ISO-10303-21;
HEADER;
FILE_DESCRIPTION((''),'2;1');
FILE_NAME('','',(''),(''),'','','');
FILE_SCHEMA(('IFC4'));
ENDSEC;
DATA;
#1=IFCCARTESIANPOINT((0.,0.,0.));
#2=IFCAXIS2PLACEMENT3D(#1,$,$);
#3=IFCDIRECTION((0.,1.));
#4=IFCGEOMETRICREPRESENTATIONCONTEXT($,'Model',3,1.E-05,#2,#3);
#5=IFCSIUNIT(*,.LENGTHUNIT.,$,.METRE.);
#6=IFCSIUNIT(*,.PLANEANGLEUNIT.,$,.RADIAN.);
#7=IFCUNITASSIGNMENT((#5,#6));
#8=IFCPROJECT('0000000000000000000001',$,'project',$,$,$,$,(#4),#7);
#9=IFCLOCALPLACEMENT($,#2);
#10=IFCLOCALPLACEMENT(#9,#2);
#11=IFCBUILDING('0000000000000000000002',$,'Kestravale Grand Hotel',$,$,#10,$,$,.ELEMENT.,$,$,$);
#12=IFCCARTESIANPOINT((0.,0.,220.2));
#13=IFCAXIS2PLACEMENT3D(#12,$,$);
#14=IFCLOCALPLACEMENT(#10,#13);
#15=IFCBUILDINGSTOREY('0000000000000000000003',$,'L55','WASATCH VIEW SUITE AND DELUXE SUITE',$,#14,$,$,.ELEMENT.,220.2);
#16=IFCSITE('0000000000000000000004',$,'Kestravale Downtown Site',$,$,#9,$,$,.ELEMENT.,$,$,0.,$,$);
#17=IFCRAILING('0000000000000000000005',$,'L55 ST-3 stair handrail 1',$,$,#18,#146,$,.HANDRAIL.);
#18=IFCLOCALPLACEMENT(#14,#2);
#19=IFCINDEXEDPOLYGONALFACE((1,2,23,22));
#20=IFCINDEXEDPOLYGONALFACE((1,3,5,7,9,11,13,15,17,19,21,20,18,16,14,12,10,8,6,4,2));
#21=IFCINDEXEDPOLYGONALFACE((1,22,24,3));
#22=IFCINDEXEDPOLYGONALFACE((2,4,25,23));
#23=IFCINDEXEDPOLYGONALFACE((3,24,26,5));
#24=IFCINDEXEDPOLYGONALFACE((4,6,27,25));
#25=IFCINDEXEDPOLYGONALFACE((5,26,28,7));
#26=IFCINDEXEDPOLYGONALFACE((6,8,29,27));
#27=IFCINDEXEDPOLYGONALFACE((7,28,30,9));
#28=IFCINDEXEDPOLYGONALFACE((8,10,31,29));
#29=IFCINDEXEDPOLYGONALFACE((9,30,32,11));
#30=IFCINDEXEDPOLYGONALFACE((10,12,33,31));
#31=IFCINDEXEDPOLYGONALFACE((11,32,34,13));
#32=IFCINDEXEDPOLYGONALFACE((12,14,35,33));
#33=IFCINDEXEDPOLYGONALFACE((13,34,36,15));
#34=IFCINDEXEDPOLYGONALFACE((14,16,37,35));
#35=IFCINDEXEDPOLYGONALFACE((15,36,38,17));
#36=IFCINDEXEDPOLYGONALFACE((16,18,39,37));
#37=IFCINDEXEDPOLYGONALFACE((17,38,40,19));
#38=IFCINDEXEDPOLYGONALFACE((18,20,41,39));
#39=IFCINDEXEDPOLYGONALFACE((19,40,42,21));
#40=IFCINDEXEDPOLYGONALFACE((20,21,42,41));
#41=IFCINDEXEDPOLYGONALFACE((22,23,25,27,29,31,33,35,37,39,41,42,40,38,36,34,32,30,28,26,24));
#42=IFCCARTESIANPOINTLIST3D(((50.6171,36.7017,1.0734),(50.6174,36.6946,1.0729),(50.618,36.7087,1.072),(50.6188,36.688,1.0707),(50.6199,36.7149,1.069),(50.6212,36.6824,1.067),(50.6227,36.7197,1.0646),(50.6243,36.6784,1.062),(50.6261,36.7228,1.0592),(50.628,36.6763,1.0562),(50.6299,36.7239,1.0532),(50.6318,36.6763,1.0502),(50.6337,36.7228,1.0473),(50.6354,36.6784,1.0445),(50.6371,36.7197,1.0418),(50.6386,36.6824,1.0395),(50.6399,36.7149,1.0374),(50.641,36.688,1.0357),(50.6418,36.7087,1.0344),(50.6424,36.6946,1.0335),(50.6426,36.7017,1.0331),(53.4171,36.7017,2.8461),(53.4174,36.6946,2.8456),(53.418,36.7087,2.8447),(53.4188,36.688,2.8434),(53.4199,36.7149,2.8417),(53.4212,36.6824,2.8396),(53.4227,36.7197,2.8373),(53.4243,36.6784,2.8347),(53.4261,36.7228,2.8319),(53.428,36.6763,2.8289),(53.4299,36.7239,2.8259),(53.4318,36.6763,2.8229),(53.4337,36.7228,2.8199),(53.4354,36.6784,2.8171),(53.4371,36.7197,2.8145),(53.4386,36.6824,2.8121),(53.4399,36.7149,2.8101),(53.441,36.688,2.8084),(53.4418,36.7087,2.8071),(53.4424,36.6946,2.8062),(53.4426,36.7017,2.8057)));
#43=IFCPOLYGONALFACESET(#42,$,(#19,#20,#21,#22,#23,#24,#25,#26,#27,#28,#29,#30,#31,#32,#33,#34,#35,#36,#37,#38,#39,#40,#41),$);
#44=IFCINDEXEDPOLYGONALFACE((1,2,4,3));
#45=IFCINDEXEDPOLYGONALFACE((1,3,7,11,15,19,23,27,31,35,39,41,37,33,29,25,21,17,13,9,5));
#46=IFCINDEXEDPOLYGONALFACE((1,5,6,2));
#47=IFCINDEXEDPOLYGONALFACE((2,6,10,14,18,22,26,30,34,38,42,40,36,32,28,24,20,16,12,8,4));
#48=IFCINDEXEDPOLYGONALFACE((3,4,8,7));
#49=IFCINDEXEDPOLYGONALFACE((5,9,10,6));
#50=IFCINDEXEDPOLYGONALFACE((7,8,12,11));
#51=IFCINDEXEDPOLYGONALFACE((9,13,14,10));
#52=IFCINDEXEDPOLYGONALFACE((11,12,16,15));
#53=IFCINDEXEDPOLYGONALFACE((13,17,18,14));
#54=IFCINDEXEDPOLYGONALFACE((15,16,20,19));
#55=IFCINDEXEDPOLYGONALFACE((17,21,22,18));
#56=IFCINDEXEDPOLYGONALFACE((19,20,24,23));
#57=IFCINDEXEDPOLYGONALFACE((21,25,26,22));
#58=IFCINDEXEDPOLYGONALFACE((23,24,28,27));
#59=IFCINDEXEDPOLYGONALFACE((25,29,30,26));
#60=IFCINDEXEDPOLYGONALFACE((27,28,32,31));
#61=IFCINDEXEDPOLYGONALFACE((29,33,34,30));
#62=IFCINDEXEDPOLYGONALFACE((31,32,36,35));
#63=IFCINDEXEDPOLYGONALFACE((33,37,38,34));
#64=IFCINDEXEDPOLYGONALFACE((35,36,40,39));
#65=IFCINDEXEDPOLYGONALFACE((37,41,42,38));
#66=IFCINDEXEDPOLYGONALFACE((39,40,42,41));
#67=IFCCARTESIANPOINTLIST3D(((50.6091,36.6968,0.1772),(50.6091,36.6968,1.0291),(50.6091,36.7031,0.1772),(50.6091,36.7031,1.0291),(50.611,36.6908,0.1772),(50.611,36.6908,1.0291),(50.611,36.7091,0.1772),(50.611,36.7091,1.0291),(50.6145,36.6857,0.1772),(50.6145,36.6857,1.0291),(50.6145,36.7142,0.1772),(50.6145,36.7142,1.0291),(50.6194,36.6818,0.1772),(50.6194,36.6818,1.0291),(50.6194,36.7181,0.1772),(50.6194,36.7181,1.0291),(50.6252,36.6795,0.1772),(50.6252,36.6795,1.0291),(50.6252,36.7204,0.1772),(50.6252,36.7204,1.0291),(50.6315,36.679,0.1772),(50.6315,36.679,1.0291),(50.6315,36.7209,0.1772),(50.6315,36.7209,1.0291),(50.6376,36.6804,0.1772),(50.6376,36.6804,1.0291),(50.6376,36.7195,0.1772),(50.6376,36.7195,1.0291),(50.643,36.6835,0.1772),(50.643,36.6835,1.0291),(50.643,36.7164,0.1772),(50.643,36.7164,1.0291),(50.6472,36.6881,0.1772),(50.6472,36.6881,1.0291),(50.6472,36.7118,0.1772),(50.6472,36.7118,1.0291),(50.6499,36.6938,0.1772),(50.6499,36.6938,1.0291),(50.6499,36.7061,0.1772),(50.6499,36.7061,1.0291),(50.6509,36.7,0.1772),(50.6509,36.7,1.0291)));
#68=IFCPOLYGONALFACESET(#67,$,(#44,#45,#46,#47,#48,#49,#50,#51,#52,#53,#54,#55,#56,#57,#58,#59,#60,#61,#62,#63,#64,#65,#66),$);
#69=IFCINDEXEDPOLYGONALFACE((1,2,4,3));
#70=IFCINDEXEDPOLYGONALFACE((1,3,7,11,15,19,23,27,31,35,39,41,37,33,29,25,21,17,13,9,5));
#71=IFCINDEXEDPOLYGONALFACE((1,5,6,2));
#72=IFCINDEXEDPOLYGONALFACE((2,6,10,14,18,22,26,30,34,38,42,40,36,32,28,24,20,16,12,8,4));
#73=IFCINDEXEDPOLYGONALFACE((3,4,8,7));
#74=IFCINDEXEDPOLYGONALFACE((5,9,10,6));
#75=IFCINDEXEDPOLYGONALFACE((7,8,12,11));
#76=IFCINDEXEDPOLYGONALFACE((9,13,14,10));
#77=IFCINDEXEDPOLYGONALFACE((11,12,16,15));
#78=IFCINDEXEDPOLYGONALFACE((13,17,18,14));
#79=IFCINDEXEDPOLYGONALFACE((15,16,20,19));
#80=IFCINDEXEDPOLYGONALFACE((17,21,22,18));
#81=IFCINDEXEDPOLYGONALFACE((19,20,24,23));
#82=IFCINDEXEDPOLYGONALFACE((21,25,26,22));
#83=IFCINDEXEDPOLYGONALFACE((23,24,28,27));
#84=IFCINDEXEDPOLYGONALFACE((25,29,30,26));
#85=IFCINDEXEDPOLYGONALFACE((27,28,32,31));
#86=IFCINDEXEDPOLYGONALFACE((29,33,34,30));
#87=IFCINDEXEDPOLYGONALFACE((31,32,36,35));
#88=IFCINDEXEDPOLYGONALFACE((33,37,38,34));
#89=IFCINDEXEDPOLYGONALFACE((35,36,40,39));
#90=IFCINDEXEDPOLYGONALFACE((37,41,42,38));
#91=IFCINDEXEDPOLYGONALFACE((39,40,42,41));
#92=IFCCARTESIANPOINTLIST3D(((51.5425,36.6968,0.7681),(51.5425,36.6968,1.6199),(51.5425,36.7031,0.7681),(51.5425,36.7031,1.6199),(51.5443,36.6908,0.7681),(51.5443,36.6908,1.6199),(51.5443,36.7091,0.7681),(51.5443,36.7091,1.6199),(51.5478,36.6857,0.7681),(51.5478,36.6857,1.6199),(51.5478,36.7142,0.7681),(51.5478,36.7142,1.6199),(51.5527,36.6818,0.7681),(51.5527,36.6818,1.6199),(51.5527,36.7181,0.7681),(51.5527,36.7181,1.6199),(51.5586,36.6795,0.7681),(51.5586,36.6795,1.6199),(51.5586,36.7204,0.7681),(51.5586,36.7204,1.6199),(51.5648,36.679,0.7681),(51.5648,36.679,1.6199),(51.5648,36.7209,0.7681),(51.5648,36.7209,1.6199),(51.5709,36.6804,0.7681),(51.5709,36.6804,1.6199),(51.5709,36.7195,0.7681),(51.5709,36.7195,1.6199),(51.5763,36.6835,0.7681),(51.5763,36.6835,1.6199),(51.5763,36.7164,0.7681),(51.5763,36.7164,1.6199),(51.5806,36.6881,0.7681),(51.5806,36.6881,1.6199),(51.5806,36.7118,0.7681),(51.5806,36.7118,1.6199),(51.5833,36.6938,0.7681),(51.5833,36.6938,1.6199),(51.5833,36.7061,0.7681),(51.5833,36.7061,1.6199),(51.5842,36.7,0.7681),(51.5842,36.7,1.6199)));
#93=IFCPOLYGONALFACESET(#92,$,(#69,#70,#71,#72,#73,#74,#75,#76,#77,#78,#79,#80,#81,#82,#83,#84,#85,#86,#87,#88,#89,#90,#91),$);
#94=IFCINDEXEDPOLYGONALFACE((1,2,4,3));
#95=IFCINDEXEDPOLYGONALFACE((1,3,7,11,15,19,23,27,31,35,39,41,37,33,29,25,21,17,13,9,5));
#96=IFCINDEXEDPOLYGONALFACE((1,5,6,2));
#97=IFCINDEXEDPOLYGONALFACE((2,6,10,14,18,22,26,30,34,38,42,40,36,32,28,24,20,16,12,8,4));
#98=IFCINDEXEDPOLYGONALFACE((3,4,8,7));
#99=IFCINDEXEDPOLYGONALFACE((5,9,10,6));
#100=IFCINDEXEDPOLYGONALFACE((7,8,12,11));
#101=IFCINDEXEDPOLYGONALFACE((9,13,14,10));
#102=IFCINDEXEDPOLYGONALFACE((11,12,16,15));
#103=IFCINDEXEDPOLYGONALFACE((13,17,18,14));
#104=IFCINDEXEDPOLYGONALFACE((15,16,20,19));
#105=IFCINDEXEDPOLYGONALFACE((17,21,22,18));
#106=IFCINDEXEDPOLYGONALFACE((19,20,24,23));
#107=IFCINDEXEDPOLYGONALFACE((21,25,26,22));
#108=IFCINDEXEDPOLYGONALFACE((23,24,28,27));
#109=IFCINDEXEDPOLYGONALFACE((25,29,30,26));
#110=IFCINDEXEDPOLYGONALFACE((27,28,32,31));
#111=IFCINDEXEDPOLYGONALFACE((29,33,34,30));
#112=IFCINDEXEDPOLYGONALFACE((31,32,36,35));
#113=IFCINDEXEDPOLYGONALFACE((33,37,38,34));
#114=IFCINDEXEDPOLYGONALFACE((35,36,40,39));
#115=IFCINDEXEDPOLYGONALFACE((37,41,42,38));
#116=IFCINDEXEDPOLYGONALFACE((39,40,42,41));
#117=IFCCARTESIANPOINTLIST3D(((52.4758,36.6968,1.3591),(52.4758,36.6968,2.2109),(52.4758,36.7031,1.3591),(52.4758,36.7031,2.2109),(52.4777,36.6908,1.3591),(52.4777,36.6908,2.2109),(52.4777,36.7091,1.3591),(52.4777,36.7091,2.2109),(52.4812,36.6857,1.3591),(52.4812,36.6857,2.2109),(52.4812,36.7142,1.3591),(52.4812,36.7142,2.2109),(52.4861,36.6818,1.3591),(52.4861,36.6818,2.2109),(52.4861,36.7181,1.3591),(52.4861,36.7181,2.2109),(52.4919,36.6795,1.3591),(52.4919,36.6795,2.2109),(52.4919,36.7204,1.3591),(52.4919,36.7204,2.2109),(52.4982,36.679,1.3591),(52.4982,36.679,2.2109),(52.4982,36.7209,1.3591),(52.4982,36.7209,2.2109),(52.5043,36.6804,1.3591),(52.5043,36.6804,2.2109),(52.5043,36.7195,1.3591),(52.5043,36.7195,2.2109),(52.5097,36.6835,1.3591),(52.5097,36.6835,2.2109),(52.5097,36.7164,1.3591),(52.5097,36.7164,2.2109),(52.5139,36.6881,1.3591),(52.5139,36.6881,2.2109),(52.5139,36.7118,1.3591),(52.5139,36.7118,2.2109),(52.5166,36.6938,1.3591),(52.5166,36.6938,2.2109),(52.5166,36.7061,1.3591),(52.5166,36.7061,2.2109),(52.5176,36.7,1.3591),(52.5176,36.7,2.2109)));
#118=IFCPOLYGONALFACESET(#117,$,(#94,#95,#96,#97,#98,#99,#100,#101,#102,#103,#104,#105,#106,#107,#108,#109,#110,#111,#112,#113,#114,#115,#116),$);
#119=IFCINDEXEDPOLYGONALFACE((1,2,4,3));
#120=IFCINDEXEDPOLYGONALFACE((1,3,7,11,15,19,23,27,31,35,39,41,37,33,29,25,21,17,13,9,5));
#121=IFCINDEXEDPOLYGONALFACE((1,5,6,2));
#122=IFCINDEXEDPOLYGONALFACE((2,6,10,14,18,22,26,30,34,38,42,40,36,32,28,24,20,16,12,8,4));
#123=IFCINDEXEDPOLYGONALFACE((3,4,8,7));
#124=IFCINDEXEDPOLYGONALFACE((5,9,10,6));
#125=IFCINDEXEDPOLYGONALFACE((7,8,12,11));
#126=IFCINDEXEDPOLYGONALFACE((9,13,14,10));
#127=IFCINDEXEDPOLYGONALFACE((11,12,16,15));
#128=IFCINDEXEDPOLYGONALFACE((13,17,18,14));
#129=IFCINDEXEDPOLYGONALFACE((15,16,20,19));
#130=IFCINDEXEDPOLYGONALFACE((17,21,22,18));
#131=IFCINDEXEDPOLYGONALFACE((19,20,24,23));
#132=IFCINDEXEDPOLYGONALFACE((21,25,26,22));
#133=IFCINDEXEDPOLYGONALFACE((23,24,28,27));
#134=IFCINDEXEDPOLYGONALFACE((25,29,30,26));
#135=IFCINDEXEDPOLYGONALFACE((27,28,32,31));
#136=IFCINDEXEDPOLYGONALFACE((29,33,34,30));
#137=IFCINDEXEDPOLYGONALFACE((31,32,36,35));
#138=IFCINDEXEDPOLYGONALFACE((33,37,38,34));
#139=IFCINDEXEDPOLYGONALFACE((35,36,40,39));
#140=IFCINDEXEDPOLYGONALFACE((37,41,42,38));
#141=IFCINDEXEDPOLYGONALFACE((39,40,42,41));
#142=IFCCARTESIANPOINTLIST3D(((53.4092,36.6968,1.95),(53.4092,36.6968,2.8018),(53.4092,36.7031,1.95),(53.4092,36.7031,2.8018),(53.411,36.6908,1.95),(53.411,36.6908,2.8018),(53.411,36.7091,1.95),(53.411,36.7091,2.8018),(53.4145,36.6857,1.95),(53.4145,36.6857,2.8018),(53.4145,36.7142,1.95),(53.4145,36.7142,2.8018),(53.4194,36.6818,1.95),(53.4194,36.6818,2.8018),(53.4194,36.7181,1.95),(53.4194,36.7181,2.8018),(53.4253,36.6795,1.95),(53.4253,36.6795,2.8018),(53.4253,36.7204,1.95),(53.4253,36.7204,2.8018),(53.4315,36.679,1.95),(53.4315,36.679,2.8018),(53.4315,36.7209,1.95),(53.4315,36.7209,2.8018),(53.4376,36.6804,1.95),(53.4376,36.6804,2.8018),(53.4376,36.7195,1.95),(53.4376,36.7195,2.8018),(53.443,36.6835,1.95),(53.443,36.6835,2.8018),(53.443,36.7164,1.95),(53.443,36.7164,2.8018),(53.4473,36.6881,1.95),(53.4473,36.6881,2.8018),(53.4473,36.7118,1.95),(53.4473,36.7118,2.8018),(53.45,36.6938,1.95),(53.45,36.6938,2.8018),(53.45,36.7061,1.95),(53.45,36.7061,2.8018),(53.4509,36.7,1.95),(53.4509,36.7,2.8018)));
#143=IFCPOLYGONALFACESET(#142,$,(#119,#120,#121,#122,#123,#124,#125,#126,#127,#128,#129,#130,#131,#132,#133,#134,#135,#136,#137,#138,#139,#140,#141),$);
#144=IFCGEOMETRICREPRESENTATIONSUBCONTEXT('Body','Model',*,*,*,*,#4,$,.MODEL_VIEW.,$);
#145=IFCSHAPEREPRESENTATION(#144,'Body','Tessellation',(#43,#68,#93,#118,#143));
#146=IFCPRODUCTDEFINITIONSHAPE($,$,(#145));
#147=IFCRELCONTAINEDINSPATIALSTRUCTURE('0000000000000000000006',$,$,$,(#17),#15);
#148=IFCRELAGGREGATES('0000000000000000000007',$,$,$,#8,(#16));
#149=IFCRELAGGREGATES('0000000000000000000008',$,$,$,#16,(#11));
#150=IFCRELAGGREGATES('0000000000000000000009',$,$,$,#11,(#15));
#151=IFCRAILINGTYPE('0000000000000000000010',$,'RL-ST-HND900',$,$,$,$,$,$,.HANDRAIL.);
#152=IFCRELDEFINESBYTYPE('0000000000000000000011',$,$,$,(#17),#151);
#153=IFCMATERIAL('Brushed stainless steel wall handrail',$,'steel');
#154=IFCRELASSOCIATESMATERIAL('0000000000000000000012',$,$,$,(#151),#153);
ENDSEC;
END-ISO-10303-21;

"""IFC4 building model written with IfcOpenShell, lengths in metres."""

from ifc_helpers import new_model, si_unit, direction, frame, origin, origin_2d, place, context, subcontext, project, spatial, circle, extrude, material, type_object, element, save


model = new_model("IFC4")

# Units and contexts
model_context = context("Model", 3, precision=1e-05, world=origin(), true_north=direction((0.0, 1.0)))
body_context = subcontext(model_context, "Body", "Model", "MODEL_VIEW")
ifc_project = project(units=[si_unit("LENGTHUNIT", "METRE"), si_unit("PLANEANGLEUNIT", "RADIAN")], contexts=[model_context])

# Site, building, storey
site_placement = place(None, origin())
site = spatial("IfcSite", under=ifc_project, at=site_placement, Name="Kestravale Downtown Site", CompositionType="ELEMENT", RefElevation=0.0)
building_placement = place(site_placement, origin())
building = spatial("IfcBuilding", under=site, at=building_placement, Name="Kestravale Grand Hotel", CompositionType="ELEMENT")
storey_placement = place(building_placement, frame((0.0, 0.0, 220.2)))
storey = spatial("IfcBuildingStorey", under=building, at=storey_placement, Name="L55", Description="WASATCH VIEW SUITE AND DELUXE SUITE", CompositionType="ELEMENT", Elevation=220.2)

# Railing
ifc_material_1 = material(Name="Brushed stainless steel wall handrail", Category="steel")
railing_type_1 = type_object("IfcRailingType", Name="RL-ST-HND900", PredefinedType="HANDRAIL", material=ifc_material_1)
railing_1_placement = place(storey_placement, frame((50.6299, 36.7, 0.1772)))
element("IfcRailing", 1, at=railing_1_placement, inside=storey, type_object=railing_type_1, Name="L55 ST-3 stair handrail 1", PredefinedType="HANDRAIL", context=body_context, shape_type="SweptSolid", body=[
    extrude(circle(Radius=0.0239, at=origin_2d()), frame((0.0, 0.0, 0.876), z_axis=(0.844909, 0.0, 0.53491), x_axis=(0.0, 1.0, 0.0)), (0.0, 0.0, 1.0), 3.314),
    extrude(circle(Radius=0.021, at=origin_2d()), origin(), (0.0, 0.0, 1.0), 0.8518),
    extrude(circle(Radius=0.021, at=origin_2d()), frame((0.9333, 0.0, 0.5908)), (0.0, 0.0, 1.0), 0.8518),
    extrude(circle(Radius=0.021, at=origin_2d()), frame((1.8667, 0.0, 1.1819)), (0.0, 0.0, 1.0), 0.8518),
    extrude(circle(Radius=0.021, at=origin_2d()), frame((2.8, 0.0, 1.7727)), (0.0, 0.0, 1.0), 0.8518),
])

save(model, "model.ifc")
